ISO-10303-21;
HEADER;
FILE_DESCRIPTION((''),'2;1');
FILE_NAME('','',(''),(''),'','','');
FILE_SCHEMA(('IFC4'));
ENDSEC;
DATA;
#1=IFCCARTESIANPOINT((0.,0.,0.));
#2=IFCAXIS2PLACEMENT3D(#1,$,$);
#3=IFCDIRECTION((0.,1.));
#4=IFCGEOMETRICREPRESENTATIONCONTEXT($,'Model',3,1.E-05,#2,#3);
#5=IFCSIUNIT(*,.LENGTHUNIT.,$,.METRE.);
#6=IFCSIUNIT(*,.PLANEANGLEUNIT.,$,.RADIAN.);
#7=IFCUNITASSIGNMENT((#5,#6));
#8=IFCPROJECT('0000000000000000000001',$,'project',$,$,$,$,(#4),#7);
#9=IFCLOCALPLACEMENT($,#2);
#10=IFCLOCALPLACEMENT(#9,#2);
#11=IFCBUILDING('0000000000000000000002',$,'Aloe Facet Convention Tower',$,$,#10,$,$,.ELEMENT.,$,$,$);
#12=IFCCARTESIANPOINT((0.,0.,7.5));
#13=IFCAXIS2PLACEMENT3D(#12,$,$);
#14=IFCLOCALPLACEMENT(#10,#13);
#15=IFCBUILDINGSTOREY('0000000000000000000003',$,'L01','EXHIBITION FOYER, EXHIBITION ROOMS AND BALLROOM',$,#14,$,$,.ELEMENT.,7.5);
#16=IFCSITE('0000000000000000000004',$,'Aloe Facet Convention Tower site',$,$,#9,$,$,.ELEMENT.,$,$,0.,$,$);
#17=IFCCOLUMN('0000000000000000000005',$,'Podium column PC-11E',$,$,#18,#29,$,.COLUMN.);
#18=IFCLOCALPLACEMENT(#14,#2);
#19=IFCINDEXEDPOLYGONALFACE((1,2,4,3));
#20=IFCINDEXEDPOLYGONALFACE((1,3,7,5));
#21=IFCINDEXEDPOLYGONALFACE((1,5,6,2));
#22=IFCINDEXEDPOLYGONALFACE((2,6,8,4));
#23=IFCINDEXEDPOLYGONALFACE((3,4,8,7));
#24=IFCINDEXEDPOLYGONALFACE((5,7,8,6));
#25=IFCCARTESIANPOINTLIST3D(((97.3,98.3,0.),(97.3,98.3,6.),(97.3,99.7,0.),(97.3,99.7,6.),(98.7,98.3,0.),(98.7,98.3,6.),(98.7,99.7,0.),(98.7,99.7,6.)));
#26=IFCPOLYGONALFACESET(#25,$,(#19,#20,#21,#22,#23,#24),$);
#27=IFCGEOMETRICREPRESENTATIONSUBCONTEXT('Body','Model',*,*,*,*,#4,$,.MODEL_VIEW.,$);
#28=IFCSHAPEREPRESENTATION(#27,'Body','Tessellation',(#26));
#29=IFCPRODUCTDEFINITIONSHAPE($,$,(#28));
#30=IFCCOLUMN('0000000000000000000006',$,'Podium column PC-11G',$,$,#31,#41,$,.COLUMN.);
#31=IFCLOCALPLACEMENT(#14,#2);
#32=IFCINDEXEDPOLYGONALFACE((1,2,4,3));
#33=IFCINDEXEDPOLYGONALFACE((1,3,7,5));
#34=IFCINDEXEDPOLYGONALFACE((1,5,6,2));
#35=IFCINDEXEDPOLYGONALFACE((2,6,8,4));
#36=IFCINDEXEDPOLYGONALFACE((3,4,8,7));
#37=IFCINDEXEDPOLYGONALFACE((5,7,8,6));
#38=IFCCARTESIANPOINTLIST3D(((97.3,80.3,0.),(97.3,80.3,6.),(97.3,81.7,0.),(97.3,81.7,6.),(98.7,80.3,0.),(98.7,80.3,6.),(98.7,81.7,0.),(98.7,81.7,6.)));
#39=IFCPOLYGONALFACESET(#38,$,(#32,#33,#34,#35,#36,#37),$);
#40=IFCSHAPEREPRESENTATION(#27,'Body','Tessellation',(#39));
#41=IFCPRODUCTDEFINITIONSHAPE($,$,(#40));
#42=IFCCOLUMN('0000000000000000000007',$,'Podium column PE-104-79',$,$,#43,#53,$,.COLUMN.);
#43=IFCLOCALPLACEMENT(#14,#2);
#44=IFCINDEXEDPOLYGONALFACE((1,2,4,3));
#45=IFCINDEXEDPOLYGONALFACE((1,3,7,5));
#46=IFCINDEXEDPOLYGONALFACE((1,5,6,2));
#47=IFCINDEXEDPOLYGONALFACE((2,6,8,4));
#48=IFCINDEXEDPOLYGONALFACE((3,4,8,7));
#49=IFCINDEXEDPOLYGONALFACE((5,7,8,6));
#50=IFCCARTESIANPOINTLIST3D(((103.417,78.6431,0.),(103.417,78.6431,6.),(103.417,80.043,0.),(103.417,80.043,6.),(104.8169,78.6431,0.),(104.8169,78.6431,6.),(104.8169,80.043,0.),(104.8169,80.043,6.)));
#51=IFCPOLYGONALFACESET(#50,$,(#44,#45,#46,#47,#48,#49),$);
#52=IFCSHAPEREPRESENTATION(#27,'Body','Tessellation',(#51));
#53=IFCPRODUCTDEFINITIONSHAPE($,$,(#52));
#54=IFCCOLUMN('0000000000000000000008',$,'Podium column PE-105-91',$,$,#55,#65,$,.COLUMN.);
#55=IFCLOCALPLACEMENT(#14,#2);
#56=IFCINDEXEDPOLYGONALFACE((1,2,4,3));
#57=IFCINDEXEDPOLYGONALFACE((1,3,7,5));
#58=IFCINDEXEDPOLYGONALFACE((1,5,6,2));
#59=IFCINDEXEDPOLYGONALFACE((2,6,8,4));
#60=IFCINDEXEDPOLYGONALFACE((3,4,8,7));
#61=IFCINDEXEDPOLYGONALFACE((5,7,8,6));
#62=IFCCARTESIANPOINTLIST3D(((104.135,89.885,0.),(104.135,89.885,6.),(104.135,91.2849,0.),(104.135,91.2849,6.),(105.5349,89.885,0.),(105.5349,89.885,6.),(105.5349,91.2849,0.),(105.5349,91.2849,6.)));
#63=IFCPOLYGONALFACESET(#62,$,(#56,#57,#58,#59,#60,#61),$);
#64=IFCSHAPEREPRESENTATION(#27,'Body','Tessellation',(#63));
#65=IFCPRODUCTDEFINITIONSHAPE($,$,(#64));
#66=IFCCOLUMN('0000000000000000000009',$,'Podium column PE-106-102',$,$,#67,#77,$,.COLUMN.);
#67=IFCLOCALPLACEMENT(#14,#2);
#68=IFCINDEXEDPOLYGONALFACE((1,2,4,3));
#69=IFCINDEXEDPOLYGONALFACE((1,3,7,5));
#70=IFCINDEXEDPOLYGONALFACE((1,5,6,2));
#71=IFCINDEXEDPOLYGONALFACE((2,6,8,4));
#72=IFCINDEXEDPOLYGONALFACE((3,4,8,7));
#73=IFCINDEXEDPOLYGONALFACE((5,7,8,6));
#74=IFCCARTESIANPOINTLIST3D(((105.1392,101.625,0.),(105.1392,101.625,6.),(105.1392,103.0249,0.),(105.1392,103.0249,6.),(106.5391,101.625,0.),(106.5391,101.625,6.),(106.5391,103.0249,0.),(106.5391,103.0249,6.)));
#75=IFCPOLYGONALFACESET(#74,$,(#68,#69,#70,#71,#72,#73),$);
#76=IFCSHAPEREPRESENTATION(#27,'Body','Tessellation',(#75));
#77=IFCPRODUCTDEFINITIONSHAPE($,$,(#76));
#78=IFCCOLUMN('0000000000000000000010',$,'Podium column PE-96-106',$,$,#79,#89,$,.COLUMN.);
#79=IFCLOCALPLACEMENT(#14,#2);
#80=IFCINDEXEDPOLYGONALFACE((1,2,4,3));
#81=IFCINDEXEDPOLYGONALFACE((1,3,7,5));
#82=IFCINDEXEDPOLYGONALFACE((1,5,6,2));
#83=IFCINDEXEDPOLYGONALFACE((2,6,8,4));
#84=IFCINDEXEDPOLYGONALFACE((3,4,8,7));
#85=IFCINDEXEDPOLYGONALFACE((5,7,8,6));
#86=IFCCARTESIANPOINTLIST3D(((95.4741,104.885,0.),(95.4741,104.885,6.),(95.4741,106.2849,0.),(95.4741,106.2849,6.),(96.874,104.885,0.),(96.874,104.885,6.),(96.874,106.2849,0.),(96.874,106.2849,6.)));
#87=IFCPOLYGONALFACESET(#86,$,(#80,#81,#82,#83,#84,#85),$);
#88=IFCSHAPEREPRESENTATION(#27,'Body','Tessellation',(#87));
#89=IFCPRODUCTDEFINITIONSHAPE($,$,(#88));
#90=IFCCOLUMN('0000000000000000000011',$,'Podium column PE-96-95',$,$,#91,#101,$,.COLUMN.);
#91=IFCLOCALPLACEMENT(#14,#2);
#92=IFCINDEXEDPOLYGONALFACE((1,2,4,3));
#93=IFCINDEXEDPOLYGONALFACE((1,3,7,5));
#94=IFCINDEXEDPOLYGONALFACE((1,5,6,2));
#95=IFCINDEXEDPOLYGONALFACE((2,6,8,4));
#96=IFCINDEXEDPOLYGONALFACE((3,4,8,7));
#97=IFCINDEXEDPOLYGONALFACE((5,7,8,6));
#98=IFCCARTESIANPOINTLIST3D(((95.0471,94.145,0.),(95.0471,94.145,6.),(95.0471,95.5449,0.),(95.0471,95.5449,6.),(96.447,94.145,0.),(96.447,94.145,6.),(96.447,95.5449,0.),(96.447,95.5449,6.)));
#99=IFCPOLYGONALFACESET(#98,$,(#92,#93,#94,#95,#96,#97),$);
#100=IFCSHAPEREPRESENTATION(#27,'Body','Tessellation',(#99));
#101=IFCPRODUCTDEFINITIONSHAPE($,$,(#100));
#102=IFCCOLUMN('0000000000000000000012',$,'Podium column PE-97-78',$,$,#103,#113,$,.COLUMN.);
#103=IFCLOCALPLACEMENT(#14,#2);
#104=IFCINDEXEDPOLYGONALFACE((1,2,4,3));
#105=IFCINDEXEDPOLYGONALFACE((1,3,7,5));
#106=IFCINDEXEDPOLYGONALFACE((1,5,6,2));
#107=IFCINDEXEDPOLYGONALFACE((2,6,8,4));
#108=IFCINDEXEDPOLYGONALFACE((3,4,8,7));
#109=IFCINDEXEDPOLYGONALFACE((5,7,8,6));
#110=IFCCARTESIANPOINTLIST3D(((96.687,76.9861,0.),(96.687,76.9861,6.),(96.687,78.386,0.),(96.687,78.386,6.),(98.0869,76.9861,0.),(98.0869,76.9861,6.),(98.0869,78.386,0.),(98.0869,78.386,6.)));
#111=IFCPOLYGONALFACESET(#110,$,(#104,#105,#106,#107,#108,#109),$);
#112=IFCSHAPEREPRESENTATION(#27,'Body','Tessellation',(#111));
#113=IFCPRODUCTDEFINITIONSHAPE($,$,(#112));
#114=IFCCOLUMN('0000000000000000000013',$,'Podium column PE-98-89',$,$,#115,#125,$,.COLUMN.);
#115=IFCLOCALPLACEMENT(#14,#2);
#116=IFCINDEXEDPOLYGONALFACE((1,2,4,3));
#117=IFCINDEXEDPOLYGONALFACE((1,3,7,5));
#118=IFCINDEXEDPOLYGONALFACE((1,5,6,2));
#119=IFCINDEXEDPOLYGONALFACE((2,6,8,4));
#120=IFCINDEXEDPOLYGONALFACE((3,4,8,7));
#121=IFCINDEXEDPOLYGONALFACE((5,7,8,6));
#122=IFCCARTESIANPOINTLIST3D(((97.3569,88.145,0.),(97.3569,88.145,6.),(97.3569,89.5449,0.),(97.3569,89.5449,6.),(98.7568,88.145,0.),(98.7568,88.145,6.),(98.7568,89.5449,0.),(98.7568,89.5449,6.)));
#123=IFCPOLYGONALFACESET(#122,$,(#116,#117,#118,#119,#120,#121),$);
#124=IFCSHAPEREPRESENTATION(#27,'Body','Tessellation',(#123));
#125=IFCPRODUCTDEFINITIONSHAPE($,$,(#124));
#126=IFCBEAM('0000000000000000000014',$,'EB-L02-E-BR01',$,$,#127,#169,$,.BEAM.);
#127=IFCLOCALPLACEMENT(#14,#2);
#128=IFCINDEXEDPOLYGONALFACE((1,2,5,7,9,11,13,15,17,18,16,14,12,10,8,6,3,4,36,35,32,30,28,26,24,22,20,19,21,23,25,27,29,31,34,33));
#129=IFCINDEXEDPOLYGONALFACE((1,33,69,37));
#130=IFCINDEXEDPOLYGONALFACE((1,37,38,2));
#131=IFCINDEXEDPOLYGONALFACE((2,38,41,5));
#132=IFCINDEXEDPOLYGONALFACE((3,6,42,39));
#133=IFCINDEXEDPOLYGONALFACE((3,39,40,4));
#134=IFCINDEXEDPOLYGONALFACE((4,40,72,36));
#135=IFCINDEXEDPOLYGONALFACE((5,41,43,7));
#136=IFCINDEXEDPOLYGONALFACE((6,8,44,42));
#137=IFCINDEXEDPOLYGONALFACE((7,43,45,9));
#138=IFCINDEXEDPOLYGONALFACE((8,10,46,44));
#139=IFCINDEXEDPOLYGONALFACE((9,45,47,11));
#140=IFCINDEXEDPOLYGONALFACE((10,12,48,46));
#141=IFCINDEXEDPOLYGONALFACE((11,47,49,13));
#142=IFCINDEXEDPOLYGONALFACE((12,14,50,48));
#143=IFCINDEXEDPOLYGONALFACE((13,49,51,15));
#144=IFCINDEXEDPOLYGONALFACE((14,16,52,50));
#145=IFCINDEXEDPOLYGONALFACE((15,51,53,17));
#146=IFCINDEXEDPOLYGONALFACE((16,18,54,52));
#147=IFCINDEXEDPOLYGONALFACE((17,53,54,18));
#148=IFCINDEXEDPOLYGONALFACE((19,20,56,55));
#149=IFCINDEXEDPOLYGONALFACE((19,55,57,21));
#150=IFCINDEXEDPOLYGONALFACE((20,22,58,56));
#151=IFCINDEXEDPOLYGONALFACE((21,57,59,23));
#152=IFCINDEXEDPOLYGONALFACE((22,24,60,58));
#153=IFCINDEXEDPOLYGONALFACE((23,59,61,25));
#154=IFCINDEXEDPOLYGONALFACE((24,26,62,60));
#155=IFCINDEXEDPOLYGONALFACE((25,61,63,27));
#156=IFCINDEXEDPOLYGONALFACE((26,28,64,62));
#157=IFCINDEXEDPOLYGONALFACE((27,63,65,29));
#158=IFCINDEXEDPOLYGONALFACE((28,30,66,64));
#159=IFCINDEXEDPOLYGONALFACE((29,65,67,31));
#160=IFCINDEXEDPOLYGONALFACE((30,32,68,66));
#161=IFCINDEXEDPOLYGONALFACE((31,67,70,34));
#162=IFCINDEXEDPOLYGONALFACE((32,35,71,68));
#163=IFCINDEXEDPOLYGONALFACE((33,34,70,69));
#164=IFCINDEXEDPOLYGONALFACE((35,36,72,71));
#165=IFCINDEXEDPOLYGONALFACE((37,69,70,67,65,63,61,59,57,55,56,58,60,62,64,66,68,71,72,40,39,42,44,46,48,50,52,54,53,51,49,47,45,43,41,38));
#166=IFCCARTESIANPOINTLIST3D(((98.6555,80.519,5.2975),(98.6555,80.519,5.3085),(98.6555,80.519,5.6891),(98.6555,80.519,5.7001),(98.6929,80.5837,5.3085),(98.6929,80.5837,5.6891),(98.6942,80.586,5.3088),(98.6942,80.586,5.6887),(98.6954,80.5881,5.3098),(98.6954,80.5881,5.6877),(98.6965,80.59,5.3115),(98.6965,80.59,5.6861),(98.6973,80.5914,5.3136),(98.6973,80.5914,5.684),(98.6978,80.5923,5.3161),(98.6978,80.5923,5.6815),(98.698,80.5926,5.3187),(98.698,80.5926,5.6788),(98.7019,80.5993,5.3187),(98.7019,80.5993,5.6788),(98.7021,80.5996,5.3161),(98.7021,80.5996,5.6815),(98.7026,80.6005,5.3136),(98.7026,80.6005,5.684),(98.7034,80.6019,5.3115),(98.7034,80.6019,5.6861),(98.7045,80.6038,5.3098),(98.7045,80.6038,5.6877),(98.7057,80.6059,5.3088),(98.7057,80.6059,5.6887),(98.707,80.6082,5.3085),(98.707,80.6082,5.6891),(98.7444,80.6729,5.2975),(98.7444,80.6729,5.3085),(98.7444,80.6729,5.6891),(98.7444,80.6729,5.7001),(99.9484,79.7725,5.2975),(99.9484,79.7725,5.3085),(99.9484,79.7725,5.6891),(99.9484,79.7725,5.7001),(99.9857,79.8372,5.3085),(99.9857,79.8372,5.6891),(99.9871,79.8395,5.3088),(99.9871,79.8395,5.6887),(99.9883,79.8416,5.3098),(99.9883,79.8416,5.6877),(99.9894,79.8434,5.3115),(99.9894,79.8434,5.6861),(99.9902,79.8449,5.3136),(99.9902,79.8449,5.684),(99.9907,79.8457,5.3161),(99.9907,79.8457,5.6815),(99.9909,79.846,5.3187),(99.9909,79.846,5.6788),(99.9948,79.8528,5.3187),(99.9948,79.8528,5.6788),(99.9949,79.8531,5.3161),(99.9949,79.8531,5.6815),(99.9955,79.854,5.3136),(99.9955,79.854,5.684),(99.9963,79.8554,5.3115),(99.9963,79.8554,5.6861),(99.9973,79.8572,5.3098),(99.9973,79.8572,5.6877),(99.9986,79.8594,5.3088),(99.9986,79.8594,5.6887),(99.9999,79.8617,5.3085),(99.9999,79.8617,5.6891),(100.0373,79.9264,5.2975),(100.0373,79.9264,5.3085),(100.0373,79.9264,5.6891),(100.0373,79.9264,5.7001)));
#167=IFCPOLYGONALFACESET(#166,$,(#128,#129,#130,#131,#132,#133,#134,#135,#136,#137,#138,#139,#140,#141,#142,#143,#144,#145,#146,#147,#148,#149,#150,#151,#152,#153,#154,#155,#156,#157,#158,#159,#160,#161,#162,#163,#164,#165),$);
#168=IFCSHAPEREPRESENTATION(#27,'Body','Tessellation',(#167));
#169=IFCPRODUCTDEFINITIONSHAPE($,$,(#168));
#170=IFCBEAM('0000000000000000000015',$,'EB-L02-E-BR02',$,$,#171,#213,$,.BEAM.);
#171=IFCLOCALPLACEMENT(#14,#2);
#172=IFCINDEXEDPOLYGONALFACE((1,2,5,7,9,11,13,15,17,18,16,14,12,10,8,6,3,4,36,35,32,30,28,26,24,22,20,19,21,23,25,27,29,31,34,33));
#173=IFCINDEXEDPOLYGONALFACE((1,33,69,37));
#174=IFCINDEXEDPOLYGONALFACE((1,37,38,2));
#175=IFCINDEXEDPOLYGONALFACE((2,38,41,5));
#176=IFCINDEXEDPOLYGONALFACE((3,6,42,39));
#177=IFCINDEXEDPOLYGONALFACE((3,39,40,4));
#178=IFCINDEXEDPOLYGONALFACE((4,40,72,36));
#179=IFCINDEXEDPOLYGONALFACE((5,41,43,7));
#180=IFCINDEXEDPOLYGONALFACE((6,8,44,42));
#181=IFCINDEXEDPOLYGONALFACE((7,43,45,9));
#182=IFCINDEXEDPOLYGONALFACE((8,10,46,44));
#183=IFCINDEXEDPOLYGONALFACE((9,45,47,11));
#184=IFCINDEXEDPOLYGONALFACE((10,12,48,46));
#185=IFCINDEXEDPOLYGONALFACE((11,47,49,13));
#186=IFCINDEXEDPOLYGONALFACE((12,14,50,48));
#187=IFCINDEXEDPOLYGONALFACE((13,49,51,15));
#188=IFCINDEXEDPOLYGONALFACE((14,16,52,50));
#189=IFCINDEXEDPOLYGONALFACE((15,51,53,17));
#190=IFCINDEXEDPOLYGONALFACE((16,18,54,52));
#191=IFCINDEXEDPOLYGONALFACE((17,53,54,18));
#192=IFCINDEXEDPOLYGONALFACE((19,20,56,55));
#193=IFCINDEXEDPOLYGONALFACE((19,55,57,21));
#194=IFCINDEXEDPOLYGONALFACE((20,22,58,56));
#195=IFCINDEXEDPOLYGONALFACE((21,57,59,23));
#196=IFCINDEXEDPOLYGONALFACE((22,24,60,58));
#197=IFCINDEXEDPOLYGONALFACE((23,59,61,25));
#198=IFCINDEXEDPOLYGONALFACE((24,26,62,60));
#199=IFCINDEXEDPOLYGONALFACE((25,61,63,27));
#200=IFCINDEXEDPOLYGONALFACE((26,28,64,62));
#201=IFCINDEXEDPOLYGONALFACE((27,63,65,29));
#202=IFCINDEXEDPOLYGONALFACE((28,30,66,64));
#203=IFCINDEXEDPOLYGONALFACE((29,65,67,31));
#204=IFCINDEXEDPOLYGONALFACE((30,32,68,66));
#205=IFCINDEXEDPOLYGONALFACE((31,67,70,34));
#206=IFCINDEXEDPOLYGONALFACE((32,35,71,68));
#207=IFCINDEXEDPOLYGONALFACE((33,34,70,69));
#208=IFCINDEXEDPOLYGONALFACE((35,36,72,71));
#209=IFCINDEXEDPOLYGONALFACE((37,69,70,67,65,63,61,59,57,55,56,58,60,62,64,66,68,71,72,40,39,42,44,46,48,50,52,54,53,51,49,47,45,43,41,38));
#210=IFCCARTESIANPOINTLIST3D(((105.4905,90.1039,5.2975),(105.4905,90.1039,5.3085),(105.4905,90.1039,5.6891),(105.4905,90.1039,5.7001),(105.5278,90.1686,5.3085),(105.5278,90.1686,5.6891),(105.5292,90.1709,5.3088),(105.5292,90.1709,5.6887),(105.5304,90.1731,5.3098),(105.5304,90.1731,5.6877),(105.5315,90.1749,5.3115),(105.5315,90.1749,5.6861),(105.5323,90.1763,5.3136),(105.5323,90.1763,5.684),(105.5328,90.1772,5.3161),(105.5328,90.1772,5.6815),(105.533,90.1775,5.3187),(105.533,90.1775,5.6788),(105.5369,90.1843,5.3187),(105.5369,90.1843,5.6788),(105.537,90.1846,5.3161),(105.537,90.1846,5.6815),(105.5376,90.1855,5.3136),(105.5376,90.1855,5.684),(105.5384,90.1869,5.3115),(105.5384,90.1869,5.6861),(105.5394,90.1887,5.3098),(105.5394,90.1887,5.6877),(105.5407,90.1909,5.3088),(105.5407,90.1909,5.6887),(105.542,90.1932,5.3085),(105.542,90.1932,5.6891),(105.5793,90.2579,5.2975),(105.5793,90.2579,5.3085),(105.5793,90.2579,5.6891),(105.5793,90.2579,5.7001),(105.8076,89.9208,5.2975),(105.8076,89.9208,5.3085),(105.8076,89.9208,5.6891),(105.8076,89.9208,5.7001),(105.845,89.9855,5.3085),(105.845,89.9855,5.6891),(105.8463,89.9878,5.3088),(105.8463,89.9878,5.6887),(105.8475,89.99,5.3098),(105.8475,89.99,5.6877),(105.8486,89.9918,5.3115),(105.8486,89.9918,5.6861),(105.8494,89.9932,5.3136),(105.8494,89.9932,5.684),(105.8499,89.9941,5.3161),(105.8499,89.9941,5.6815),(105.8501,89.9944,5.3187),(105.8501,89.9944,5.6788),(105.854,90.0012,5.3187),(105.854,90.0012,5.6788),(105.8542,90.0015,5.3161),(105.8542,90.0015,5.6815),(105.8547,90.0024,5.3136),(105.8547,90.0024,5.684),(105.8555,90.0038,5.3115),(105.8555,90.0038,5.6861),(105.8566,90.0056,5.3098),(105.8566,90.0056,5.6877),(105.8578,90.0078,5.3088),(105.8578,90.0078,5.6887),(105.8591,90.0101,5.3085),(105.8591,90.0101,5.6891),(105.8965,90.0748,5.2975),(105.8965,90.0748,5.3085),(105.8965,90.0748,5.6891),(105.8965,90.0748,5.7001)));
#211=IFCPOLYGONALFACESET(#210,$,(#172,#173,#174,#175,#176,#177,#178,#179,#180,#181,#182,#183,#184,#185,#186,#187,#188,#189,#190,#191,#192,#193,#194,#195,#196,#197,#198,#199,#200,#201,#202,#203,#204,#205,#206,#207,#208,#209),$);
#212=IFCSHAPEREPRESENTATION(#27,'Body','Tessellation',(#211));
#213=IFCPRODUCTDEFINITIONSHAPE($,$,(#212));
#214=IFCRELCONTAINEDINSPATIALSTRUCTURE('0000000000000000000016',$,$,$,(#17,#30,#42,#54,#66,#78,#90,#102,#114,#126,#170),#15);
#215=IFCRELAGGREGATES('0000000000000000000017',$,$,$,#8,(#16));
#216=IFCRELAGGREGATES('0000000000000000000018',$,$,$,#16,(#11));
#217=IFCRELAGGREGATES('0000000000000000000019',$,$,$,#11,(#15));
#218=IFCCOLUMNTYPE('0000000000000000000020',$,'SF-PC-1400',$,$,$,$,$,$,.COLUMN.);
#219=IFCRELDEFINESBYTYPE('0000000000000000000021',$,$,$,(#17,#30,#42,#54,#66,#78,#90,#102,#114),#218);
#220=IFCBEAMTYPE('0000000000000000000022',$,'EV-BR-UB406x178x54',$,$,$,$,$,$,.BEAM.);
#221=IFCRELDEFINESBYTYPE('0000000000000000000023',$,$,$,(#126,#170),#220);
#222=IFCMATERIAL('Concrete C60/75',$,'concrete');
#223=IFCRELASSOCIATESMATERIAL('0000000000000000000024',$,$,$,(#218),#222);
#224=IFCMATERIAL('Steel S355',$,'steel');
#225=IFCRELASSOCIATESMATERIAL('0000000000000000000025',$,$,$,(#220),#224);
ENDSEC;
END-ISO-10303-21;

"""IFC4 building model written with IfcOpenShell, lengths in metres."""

from ifc_helpers import new_model, si_unit, direction, frame, origin, origin_2d, place, context, subcontext, project, spatial, rectangle, i_section, extrude, material, material_profile, profile_set, type_object, element, save


model = new_model("IFC4")

# Units and contexts
model_context = context("Model", 3, precision=1e-05, world=origin(), true_north=direction((0.0, 1.0)))
body_context = subcontext(model_context, "Body", "Model", "MODEL_VIEW")
ifc_project = project(units=[si_unit("LENGTHUNIT", "METRE"), si_unit("PLANEANGLEUNIT", "RADIAN")], contexts=[model_context])

# Site, building, storey
site_placement = place(None, origin())
site = spatial("IfcSite", under=ifc_project, at=site_placement, Name="Aloe Facet Convention Tower site", CompositionType="ELEMENT", RefElevation=0.0)
building_placement = place(site_placement, origin())
building = spatial("IfcBuilding", under=site, at=building_placement, Name="Aloe Facet Convention Tower", CompositionType="ELEMENT")
storey_placement = place(building_placement, frame((0.0, 0.0, 7.5)))
storey = spatial("IfcBuildingStorey", under=building, at=storey_placement, Name="L01", Description="EXHIBITION FOYER, EXHIBITION ROOMS AND BALLROOM", CompositionType="ELEMENT", Elevation=7.5)

# Columns
ifc_material_1 = material(Name="Concrete C60/75", Category="concrete")
ifc_material_profile_1 = material_profile(ifc_material_1, rectangle(XDim=1.3999, YDim=1.3999, at=origin_2d()), Name="SF-PC-1400")
ifc_profile_set_1 = profile_set([ifc_material_profile_1], Name="Concrete C60/75")
column_type = type_object("IfcColumnType", Name="SF-PC-1400", PredefinedType="COLUMN", material=ifc_profile_set_1)
for number, where, z_axis, x_axis, name in (
    (1, (98.0, 99.0, 0.0), (0.0, 0.0, 1.0), (1.0, 0.0, 0.0), "Podium column PC-11E"),
    (2, (98.0, 81.0, 0.0), (0.0, 0.0, 1.0), (1.0, 0.0, 0.0), "Podium column PC-11G"),
    (3, (104.1169, 79.343, 0.0), (0.0, 0.0, 1.0), (1.0, 0.0, 0.0), "Podium column PE-104-79"),
    (4, (104.835, 90.585, 0.0), (0.0, 0.0, 1.0), (1.0, 0.0, 0.0), "Podium column PE-105-91"),
    (5, (105.8391, 102.325, 0.0), (0.0, 0.0, 1.0), (1.0, 0.0, 0.0), "Podium column PE-106-102"),
    (6, (96.1741, 105.585, 0.0), (0.0, 0.0, 1.0), (1.0, 0.0, 0.0), "Podium column PE-96-106"),
    (7, (95.7471, 94.845, 0.0), (0.0, 0.0, 1.0), (1.0, 0.0, 0.0), "Podium column PE-96-95"),
    (8, (97.387, 77.686, 0.0), (0.0, 0.0, 1.0), (1.0, 0.0, 0.0), "Podium column PE-97-78"),
    (9, (98.0569, 88.845, 0.0), (0.0, 0.0, 1.0), (1.0, 0.0, 0.0), "Podium column PE-98-89"),
):
    element("IfcColumn", number, at=place(storey_placement, frame(where, z_axis=z_axis, x_axis=x_axis)), inside=storey, type_object=column_type, Name=name, PredefinedType="COLUMN", context=body_context, shape_type="SweptSolid", body=[
        extrude(rectangle(XDim=1.3999, YDim=1.3999, at=origin_2d()), origin(), (0.0, 0.0, 1.0), 6.0),
    ])

# Beams
ifc_material_2 = material(Name="Steel S355", Category="steel")
ifc_material_profile_2 = material_profile(ifc_material_2, i_section(OverallWidth=0.1777, OverallDepth=0.4026, WebThickness=0.0078, FlangeThickness=0.011, FilletRadius=0.0103, at=origin_2d()), Name="UB 406x178x54")
ifc_profile_set_2 = profile_set([ifc_material_profile_2], Name="Steel S355")
beam_type_1 = type_object("IfcBeamType", Name="EV-BR-UB406x178x54", PredefinedType="BEAM", material=ifc_profile_set_2)
beam_1_placement = place(storey_placement, frame((98.7, 80.5959, 5.4988), z_axis=(0.866, -0.500043, 0.0), x_axis=(0.500043, 0.866, 0.0)))
element("IfcBeam", 10, at=beam_1_placement, inside=storey, type_object=beam_type_1, Name="EB-L02-E-BR01", PredefinedType="BEAM", context=body_context, shape_type="SweptSolid", body=[
    extrude(i_section(OverallWidth=0.1777, OverallDepth=0.4026, WebThickness=0.0078, FlangeThickness=0.011, FilletRadius=0.0103, at=origin_2d()), origin(), (0.0, 0.0, 1.0), 1.4929),
])
beam_2_placement = place(storey_placement, frame((105.5349, 90.1809, 5.4988), z_axis=(0.866019, -0.500011, 0.0), x_axis=(0.500011, 0.866019, 0.0)))
element("IfcBeam", 11, at=beam_2_placement, inside=storey, type_object=beam_type_1, Name="EB-L02-E-BR02", PredefinedType="BEAM", context=body_context, shape_type="SweptSolid", body=[
    extrude(i_section(OverallWidth=0.1777, OverallDepth=0.4026, WebThickness=0.0078, FlangeThickness=0.011, FilletRadius=0.0103, at=origin_2d()), origin(), (0.0, 0.0, 1.0), 0.3662),
])

save(model, "model.ifc")
